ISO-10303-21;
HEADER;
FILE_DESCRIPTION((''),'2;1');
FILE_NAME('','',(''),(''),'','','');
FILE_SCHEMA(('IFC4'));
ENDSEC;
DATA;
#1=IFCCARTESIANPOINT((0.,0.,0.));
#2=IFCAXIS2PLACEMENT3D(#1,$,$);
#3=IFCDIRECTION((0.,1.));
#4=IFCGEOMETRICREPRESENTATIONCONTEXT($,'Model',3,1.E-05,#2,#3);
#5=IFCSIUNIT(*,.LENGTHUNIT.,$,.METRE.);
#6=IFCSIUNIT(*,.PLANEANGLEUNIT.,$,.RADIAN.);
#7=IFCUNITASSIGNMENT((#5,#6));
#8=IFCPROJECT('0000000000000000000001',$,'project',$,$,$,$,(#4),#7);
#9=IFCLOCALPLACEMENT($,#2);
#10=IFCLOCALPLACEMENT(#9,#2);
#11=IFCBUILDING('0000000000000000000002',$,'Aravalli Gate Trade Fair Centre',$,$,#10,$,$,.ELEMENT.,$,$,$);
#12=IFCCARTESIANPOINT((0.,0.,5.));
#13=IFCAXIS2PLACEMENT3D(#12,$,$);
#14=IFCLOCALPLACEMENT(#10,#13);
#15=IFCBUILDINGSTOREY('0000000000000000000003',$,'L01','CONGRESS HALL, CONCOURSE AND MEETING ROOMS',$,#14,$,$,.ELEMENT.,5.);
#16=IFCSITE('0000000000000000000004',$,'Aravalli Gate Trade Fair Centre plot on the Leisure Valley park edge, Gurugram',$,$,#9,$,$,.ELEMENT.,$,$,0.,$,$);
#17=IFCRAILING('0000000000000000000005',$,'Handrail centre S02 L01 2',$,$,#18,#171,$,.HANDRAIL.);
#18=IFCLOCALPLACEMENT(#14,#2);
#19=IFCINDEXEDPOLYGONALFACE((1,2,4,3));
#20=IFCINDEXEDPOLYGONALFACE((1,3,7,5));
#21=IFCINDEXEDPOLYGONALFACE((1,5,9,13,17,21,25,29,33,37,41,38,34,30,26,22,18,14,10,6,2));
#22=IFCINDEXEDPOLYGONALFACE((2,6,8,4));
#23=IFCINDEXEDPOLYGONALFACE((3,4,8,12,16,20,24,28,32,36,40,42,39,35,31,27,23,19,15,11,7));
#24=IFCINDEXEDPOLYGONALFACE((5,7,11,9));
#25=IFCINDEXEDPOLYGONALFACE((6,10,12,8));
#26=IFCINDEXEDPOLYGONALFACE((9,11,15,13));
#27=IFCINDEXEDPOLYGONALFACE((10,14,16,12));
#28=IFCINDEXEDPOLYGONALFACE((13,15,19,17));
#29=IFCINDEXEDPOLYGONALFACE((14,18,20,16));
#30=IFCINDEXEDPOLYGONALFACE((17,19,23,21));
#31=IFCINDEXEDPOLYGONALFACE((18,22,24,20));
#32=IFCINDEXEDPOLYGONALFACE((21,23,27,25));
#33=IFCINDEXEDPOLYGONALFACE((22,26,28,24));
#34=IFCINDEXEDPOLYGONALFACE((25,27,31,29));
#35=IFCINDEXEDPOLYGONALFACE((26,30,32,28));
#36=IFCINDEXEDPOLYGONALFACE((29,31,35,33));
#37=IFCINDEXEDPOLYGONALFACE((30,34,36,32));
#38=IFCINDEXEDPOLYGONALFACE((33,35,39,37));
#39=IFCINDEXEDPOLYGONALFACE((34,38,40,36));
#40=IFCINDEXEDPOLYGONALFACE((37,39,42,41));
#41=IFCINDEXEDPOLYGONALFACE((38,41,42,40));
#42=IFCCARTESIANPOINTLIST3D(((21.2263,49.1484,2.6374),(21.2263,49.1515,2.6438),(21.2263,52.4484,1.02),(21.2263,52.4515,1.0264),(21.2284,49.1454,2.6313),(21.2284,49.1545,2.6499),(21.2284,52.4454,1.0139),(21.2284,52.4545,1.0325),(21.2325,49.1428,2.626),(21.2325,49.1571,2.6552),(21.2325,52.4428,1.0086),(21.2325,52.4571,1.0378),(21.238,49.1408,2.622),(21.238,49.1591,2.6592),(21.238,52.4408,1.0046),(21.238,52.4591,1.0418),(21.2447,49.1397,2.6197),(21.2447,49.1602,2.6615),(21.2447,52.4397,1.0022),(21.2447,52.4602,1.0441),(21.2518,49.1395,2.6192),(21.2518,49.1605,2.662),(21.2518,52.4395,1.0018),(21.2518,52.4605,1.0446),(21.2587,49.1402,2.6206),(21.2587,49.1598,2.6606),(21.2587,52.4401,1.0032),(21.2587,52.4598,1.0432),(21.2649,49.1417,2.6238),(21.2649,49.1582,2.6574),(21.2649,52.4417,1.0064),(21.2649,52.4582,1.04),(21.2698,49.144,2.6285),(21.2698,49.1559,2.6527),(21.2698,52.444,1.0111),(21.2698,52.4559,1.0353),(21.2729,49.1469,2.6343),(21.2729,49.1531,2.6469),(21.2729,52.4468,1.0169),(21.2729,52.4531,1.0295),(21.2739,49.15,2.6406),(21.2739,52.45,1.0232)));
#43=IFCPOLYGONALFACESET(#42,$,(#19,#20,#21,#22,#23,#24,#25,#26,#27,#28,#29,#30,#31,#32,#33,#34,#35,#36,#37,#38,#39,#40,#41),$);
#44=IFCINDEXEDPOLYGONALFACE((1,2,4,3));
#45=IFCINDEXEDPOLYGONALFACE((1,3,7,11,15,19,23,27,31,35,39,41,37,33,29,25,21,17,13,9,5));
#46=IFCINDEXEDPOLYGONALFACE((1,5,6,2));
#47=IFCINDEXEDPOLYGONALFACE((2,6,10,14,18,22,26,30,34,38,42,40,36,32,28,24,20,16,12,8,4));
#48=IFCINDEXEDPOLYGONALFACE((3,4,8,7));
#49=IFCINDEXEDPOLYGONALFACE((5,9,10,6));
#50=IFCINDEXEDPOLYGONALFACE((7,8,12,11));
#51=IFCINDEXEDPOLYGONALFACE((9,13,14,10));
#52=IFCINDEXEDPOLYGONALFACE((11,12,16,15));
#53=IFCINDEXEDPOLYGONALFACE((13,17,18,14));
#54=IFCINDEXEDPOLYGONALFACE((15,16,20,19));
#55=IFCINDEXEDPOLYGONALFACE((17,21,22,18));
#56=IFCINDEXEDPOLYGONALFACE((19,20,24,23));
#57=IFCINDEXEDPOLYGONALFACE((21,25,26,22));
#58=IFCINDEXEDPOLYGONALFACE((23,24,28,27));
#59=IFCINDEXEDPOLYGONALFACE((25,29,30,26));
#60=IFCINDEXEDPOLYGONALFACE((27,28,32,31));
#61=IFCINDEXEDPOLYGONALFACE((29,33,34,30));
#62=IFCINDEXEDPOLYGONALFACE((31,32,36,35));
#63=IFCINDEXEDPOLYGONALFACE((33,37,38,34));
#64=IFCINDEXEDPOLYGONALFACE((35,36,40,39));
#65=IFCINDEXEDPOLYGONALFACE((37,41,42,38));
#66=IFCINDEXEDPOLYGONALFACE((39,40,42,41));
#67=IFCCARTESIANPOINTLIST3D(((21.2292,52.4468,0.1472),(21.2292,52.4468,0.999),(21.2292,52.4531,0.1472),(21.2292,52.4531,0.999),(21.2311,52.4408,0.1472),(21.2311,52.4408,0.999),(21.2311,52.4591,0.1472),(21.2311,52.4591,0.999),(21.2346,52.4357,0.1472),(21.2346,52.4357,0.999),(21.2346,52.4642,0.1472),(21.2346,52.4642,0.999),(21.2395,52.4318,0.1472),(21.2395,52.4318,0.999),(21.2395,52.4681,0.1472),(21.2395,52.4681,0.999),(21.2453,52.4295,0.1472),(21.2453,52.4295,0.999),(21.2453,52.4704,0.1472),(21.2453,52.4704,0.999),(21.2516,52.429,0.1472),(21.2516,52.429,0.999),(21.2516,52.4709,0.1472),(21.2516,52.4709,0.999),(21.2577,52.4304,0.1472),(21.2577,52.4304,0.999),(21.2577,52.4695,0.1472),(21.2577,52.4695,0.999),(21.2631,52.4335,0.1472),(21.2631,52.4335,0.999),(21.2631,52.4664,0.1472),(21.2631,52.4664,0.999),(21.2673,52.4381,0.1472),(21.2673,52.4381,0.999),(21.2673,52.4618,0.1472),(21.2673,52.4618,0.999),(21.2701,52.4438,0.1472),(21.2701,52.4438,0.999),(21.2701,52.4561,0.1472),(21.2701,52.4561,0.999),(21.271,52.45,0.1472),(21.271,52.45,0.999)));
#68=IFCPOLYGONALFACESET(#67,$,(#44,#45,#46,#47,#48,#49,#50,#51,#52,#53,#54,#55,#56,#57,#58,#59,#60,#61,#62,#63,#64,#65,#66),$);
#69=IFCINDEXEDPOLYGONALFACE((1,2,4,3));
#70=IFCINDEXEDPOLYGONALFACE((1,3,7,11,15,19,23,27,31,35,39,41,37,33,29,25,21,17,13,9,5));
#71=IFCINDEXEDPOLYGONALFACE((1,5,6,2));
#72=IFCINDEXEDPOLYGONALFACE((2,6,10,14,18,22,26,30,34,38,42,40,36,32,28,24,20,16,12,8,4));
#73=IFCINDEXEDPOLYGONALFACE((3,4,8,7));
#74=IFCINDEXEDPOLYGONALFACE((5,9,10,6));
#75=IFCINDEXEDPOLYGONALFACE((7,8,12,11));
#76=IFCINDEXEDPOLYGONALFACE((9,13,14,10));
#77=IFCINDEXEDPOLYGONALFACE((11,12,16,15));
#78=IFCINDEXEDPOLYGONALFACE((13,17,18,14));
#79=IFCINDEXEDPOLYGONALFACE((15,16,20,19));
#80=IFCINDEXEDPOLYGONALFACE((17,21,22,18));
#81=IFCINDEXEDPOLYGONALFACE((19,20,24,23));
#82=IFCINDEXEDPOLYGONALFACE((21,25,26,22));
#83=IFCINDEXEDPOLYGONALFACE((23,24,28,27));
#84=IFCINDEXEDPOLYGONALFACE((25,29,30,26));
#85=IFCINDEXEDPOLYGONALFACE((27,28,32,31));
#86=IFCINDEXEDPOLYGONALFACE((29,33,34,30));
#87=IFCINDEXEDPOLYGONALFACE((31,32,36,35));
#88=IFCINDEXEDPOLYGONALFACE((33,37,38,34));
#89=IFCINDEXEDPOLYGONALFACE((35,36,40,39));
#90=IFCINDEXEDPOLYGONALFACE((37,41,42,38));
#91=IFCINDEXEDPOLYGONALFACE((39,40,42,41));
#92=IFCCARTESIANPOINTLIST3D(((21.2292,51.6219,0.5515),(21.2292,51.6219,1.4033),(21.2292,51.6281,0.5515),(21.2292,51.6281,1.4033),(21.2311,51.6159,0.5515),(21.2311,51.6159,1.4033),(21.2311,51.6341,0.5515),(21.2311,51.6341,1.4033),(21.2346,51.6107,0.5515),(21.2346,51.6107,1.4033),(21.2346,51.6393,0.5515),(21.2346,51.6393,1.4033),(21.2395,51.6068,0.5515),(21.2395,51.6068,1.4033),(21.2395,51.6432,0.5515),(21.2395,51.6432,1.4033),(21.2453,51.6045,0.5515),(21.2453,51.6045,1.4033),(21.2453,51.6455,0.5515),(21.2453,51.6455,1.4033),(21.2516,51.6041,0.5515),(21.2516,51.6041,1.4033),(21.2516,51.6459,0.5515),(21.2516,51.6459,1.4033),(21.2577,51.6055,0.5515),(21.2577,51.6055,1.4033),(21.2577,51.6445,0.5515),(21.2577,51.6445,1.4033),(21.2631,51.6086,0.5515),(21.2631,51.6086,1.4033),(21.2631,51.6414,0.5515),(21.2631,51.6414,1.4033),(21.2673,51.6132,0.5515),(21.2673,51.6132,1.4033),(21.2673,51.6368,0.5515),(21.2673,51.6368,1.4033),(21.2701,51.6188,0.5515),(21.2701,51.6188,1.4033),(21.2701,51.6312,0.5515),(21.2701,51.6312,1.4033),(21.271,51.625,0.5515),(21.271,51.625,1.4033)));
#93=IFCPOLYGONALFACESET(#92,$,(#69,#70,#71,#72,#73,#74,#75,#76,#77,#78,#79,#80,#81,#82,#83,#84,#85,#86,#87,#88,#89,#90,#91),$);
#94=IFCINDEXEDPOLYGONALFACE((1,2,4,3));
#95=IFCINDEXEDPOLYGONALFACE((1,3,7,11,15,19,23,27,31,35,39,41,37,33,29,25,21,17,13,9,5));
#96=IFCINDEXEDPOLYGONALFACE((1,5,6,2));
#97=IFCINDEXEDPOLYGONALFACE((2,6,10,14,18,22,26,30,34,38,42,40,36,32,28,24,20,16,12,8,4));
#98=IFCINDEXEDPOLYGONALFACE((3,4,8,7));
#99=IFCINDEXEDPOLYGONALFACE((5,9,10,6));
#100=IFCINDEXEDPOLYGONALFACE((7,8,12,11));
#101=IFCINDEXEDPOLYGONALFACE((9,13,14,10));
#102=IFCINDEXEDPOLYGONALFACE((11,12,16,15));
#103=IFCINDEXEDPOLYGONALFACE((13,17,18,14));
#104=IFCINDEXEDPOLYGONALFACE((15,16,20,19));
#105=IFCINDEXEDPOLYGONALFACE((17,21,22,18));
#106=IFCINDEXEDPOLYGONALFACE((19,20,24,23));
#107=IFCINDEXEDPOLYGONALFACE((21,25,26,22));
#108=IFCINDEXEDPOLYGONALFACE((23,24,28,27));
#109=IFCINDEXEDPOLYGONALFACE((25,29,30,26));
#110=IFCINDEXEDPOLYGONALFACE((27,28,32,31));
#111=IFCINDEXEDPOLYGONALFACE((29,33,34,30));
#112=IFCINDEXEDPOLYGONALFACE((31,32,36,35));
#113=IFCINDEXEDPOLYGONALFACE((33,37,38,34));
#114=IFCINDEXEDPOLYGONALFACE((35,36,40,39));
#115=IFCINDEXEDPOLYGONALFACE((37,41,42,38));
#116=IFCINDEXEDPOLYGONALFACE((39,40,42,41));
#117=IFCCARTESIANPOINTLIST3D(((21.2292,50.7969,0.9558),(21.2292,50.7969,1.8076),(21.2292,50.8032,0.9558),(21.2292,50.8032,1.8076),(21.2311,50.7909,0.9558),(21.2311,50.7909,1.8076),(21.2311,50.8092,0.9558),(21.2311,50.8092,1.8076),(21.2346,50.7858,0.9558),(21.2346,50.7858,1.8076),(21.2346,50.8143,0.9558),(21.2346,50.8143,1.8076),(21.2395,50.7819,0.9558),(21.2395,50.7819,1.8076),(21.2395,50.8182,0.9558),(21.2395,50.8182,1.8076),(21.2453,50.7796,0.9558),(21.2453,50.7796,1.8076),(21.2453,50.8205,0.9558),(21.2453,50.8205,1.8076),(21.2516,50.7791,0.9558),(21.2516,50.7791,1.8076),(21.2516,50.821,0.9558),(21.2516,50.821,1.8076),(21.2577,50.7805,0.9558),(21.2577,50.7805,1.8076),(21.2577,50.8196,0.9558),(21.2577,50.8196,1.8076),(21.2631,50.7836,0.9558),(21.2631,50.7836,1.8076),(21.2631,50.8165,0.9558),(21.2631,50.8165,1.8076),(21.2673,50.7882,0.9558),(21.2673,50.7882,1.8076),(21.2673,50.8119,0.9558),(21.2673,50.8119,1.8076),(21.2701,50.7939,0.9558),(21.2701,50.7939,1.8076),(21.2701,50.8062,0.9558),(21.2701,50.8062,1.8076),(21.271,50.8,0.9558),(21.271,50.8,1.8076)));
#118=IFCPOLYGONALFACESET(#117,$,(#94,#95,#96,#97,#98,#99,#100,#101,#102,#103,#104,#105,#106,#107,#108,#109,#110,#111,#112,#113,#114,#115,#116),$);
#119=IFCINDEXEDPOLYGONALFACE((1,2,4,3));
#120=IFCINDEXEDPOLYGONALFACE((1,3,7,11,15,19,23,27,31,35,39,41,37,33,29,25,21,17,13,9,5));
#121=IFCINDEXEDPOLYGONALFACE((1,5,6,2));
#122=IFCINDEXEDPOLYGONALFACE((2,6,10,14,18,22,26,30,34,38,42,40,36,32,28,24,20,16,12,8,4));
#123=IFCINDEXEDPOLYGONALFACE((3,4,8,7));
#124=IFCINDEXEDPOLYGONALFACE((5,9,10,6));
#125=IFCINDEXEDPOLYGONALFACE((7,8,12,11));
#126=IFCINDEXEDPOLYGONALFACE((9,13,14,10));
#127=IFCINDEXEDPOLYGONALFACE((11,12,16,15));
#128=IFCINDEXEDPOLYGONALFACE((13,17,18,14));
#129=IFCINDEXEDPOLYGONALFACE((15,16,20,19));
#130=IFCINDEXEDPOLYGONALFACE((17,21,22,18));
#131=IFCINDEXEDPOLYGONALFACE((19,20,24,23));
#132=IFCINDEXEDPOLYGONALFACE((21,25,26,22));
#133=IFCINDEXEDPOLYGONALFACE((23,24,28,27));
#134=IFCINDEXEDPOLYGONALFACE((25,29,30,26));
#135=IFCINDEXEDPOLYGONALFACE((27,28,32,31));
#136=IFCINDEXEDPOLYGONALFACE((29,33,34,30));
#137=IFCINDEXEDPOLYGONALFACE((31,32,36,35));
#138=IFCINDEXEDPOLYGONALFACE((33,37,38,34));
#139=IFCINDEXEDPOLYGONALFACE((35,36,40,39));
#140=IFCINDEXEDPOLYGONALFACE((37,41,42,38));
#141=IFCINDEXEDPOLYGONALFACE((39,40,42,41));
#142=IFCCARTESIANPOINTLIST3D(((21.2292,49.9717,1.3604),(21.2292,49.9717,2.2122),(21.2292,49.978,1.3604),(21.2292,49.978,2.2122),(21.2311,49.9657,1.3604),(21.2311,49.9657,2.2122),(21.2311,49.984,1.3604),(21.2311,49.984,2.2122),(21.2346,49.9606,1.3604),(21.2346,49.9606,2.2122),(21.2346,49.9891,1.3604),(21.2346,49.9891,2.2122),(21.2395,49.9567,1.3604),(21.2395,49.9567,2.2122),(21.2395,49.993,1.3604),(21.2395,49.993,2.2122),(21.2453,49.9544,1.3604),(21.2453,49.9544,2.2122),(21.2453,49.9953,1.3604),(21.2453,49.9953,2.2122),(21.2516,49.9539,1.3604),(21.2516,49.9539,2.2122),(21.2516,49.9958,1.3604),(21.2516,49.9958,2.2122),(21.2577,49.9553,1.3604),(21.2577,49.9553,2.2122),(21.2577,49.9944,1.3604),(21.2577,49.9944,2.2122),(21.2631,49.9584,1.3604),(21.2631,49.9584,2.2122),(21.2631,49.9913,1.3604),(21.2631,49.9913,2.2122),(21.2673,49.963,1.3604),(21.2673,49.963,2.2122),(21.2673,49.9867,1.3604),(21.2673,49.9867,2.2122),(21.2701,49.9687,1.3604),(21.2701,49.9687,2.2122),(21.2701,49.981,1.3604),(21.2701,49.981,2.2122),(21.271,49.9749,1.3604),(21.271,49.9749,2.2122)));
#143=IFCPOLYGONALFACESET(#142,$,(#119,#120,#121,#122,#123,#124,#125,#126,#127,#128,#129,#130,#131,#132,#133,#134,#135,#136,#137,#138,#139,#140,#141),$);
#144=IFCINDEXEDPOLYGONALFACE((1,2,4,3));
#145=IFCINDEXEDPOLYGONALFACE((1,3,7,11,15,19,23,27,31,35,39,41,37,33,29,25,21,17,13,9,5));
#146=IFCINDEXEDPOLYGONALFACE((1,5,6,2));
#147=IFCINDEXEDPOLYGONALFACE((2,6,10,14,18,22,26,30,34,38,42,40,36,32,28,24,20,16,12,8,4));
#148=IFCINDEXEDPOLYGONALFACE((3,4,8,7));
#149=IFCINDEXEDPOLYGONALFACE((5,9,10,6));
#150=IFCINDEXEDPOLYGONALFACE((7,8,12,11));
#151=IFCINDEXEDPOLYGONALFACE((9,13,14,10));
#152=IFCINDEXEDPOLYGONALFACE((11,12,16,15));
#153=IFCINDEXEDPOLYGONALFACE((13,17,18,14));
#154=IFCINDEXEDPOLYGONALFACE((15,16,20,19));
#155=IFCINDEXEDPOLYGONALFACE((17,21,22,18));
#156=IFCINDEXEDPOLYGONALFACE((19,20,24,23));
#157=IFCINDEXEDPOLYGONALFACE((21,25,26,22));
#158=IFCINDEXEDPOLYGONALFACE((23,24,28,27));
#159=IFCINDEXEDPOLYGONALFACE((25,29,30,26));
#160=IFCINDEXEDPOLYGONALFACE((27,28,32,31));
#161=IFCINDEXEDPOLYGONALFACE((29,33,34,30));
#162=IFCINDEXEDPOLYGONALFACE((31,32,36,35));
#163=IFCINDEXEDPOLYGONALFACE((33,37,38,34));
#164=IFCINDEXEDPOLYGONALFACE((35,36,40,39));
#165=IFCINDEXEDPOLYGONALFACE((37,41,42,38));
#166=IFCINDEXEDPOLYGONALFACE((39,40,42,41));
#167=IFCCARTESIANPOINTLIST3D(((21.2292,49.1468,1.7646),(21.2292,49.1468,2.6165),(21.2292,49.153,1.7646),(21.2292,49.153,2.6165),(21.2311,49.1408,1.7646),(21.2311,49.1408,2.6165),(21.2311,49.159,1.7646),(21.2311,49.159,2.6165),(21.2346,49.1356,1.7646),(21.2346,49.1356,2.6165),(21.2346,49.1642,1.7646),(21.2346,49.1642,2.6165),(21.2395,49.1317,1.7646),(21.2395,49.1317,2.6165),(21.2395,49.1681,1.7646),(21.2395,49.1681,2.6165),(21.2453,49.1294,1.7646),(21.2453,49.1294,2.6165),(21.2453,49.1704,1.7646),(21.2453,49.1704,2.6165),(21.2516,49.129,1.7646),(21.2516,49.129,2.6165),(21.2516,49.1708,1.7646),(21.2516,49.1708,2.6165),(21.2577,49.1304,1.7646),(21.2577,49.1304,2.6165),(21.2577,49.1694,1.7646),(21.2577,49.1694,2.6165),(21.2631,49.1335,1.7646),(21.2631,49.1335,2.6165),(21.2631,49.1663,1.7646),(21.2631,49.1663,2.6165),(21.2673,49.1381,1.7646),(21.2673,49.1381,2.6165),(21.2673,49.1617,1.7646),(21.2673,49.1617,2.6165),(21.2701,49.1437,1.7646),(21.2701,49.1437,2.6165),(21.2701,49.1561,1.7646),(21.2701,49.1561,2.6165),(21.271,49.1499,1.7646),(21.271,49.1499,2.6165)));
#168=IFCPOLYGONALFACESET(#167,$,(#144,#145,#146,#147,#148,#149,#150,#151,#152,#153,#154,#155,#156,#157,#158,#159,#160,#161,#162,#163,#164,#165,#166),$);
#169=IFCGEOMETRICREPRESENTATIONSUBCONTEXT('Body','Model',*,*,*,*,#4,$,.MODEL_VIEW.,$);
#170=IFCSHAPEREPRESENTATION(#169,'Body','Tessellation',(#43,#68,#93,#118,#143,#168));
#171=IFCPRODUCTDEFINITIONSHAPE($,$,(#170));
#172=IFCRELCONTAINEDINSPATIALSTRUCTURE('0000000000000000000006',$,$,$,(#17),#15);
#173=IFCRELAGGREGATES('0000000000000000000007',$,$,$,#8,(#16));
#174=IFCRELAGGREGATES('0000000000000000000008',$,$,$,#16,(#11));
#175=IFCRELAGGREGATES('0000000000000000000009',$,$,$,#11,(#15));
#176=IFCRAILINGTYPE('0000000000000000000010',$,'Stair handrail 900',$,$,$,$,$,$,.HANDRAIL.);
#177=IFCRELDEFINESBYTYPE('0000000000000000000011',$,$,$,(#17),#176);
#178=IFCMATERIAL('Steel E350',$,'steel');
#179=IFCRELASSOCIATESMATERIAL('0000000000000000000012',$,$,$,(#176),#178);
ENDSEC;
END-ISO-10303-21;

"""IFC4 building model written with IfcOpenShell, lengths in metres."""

from ifc_helpers import new_model, si_unit, direction, frame, origin, origin_2d, place, context, subcontext, project, spatial, circle, extrude, material, type_object, element, save


model = new_model("IFC4")

# Units and contexts
model_context = context("Model", 3, precision=1e-05, world=origin(), true_north=direction((0.0, 1.0)))
body_context = subcontext(model_context, "Body", "Model", "MODEL_VIEW")
ifc_project = project(units=[si_unit("LENGTHUNIT", "METRE"), si_unit("PLANEANGLEUNIT", "RADIAN")], contexts=[model_context])

# Site, building, storey
site_placement = place(None, origin())
site = spatial("IfcSite", under=ifc_project, at=site_placement, Name="Aravalli Gate Trade Fair Centre plot on the Leisure Valley park edge, Gurugram", CompositionType="ELEMENT", RefElevation=0.0)
building_placement = place(site_placement, origin())
building = spatial("IfcBuilding", under=site, at=building_placement, Name="Aravalli Gate Trade Fair Centre", CompositionType="ELEMENT")
storey_placement = place(building_placement, frame((0.0, 0.0, 5.0)))
storey = spatial("IfcBuildingStorey", under=building, at=storey_placement, Name="L01", Description="CONGRESS HALL, CONCOURSE AND MEETING ROOMS", CompositionType="ELEMENT", Elevation=5.0)

# Railing
ifc_material_1 = material(Name="Steel E350", Category="steel")
railing_type = type_object("IfcRailingType", Name="Stair handrail 900", PredefinedType="HANDRAIL", material=ifc_material_1)
for number, where, name in (
    (1, (21.25, 52.45, 0.1472), "Handrail centre S02 L01 2"),
):
    element("IfcRailing", number, at=place(storey_placement, frame(where)), inside=storey, type_object=railing_type, Name=name, PredefinedType="HANDRAIL", context=body_context, shape_type="SweptSolid", body=[
        extrude(circle(Radius=0.0239, at=origin_2d()), frame((0.0, 0.0, 0.876), z_axis=(0.0, -0.897946, 0.440105), x_axis=(1.0, 0.0, 0.0)), (0.0, 0.0, 1.0), 3.675),
        extrude(circle(Radius=0.021, at=origin_2d()), origin(), (0.0, 0.0, 1.0), 0.8518),
        extrude(circle(Radius=0.021, at=origin_2d()), frame((0.0, -0.825, 0.4043)), (0.0, 0.0, 1.0), 0.8518),
        extrude(circle(Radius=0.021, at=origin_2d()), frame((0.0, -1.6499, 0.8086)), (0.0, 0.0, 1.0), 0.8518),
        extrude(circle(Radius=0.021, at=origin_2d()), frame((0.0, -2.4751, 1.2131)), (0.0, 0.0, 1.0), 0.8518),
        extrude(circle(Radius=0.021, at=origin_2d()), frame((0.0, -3.3, 1.6174)), (0.0, 0.0, 1.0), 0.8518),
    ])

save(model, "model.ifc")
